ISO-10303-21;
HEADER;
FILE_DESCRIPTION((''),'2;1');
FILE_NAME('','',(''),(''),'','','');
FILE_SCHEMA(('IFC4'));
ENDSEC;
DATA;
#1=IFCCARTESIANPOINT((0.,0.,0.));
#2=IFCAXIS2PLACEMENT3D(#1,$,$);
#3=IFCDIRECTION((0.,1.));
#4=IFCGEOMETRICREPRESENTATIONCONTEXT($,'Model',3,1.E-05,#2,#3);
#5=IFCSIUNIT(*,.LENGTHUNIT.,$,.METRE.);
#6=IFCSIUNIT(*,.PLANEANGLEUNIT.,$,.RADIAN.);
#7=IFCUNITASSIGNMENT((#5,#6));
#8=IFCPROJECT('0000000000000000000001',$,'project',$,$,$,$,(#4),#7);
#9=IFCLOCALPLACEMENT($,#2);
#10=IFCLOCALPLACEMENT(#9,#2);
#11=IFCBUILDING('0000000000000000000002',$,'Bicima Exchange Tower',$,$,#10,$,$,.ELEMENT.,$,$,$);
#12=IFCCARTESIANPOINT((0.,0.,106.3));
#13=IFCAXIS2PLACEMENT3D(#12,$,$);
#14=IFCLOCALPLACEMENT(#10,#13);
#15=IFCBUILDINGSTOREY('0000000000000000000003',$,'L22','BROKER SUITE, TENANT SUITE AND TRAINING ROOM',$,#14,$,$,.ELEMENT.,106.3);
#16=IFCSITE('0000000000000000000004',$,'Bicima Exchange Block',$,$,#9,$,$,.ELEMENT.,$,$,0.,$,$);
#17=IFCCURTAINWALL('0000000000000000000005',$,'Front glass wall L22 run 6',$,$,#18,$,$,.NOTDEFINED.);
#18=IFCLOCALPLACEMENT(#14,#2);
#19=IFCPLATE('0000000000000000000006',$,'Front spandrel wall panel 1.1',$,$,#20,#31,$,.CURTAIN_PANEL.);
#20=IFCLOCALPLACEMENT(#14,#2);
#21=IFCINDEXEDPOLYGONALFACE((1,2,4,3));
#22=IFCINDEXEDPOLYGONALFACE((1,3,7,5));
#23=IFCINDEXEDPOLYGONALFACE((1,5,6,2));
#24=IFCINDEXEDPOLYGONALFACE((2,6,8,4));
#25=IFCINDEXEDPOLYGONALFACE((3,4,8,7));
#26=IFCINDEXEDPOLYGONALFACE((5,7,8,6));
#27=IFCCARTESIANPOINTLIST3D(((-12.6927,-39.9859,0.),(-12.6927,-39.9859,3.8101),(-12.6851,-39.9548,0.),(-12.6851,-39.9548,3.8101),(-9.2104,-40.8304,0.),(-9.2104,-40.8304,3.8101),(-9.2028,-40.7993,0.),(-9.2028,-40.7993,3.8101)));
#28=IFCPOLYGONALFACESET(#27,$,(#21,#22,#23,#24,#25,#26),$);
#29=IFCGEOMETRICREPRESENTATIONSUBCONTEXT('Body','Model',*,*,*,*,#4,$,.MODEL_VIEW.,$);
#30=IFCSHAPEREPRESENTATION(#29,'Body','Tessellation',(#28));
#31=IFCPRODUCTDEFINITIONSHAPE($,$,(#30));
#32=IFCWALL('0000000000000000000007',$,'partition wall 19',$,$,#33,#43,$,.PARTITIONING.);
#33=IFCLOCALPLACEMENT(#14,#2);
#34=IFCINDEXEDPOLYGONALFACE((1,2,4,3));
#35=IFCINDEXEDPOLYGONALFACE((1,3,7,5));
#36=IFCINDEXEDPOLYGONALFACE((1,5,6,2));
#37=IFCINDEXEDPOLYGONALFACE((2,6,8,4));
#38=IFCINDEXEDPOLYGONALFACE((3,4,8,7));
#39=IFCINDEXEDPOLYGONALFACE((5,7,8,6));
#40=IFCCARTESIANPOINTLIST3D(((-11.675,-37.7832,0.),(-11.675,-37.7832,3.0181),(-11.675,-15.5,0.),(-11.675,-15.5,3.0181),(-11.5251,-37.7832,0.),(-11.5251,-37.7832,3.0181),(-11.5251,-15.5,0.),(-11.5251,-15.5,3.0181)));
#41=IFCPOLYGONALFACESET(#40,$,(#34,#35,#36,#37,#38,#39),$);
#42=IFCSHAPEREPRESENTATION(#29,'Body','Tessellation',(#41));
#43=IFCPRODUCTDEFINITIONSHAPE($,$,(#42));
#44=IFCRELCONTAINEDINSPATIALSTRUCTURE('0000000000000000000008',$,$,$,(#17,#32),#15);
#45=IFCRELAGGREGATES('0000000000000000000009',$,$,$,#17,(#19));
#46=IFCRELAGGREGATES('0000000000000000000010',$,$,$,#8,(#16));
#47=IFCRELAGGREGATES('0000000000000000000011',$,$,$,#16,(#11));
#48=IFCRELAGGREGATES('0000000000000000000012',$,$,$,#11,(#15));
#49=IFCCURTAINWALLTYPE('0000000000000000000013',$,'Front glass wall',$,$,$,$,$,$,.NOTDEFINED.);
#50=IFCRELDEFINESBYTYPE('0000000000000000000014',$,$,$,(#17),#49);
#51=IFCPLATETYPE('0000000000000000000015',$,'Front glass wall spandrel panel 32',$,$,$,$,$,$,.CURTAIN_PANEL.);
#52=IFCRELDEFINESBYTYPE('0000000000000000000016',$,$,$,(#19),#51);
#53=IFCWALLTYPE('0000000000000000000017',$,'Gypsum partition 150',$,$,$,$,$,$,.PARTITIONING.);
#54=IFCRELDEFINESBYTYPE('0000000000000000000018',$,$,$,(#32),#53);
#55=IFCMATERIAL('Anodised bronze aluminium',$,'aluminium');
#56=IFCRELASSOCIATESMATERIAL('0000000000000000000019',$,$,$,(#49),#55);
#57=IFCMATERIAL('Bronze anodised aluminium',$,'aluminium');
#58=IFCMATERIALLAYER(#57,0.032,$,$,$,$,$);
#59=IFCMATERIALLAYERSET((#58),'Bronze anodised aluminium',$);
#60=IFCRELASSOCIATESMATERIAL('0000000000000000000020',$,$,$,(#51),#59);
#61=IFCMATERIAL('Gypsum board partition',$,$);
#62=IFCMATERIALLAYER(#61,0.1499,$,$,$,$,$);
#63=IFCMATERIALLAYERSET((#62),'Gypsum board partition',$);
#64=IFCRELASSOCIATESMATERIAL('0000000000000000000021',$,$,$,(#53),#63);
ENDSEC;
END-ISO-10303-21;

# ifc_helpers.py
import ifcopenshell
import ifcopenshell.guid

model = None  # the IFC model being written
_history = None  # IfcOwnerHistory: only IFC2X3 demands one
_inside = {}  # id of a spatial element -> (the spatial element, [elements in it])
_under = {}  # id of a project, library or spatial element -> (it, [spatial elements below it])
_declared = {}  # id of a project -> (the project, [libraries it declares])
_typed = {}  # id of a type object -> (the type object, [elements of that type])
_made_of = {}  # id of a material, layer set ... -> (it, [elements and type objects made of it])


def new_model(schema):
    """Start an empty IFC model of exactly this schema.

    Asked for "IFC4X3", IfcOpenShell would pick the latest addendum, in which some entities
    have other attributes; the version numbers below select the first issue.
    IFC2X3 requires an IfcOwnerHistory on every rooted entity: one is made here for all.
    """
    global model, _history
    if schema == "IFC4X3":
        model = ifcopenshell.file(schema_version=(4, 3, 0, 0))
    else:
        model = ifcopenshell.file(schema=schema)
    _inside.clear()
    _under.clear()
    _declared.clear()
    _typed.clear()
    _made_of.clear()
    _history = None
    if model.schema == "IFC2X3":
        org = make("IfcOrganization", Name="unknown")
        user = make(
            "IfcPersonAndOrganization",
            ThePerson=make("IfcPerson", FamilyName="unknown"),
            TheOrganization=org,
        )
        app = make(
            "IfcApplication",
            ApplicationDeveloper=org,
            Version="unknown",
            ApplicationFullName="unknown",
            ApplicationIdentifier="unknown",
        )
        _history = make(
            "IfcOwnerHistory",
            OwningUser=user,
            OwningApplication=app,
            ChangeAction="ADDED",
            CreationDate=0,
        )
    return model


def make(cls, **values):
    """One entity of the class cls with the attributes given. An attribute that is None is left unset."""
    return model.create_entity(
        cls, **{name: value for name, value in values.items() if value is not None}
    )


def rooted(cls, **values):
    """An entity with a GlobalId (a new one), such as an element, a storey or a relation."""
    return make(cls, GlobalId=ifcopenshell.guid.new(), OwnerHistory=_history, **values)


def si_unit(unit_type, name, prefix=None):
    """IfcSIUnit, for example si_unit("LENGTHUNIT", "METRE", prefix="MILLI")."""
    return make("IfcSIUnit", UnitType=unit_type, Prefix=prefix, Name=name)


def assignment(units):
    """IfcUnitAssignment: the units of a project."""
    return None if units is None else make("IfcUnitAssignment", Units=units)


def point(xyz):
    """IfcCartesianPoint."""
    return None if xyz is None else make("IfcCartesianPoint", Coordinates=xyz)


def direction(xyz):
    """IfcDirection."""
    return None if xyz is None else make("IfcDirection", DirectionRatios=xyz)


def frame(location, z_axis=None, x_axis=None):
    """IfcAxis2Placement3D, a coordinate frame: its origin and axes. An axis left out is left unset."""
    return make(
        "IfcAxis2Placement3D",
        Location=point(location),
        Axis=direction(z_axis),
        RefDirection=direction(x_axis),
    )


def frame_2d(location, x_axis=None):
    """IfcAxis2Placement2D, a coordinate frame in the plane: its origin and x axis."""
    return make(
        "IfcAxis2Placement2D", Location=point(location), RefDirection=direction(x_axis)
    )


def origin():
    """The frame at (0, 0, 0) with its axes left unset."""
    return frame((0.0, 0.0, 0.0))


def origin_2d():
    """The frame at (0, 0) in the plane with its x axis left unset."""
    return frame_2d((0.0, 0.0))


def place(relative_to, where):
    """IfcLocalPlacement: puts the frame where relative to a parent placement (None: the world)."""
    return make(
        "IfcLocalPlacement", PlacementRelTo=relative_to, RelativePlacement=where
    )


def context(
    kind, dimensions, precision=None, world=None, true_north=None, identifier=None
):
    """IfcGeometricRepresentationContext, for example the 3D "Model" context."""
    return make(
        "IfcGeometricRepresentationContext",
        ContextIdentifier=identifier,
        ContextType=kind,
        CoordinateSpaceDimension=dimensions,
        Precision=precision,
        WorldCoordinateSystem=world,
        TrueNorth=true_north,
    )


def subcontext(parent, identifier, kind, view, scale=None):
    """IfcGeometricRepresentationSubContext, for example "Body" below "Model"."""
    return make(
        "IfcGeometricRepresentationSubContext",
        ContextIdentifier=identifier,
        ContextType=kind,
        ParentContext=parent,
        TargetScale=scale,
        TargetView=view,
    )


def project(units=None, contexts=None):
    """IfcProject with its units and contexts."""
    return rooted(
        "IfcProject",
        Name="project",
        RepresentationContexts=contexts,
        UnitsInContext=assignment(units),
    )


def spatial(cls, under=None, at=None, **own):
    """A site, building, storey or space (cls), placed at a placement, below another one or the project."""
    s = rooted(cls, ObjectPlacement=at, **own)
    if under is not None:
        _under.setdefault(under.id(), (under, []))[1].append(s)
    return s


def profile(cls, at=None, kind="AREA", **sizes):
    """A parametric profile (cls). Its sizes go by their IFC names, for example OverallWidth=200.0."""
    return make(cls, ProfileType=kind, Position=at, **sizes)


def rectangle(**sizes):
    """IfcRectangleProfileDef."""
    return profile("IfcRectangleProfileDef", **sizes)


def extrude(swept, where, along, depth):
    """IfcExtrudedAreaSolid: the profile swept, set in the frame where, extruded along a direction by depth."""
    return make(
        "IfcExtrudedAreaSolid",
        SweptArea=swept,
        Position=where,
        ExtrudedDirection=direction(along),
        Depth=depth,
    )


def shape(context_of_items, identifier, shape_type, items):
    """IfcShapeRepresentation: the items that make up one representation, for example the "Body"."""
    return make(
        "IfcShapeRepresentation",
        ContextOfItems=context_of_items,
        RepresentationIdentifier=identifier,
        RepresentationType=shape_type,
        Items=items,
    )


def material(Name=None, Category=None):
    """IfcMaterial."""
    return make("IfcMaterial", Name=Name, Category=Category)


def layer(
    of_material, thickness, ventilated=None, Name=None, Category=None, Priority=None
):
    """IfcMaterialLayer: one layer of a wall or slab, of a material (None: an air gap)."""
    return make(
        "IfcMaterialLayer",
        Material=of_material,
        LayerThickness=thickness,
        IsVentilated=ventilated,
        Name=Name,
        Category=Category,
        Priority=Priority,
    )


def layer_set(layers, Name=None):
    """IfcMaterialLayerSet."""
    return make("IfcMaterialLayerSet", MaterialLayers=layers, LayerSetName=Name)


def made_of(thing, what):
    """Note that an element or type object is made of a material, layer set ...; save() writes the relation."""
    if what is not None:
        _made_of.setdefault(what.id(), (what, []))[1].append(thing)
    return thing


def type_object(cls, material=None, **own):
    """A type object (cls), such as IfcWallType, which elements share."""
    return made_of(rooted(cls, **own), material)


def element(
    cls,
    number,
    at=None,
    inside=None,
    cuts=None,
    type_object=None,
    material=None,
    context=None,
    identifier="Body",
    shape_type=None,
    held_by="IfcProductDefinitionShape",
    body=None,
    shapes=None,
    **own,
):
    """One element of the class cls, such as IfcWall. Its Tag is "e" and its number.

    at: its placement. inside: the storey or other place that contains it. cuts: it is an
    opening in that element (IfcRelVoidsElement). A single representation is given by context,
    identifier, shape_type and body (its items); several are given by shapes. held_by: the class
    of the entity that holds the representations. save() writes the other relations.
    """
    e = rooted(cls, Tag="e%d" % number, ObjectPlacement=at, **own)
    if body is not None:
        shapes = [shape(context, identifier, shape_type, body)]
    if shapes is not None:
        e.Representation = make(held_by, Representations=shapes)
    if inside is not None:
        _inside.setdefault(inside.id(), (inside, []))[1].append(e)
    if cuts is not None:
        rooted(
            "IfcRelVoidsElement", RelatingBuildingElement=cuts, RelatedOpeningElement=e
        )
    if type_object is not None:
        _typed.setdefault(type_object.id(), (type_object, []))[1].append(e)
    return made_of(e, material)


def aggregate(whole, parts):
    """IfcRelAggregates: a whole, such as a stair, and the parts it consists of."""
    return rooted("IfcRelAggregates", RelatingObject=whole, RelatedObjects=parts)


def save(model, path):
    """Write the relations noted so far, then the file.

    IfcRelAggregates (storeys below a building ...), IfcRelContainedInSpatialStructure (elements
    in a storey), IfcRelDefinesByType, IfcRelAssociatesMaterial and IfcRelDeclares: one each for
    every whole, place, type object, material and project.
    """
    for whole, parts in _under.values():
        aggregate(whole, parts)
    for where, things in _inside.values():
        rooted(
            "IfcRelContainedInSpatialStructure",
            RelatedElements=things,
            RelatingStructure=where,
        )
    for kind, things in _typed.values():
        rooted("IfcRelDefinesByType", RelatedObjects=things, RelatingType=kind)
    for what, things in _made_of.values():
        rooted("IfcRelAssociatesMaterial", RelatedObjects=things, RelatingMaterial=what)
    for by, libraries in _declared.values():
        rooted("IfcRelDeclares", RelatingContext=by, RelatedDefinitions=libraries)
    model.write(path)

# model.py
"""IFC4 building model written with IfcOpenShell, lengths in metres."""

from ifc_helpers import new_model, si_unit, direction, frame, frame_2d, origin, origin_2d, place, context, subcontext, project, spatial, rectangle, extrude, material, layer, layer_set, type_object, element, aggregate, save


model = new_model("IFC4")

# Units and contexts
model_context = context("Model", 3, precision=1e-05, world=origin(), true_north=direction((0.0, 1.0)))
body_context = subcontext(model_context, "Body", "Model", "MODEL_VIEW")
ifc_project = project(units=[si_unit("LENGTHUNIT", "METRE"), si_unit("PLANEANGLEUNIT", "RADIAN")], contexts=[model_context])

# Site, building, storey
site_placement = place(None, origin())
site = spatial("IfcSite", under=ifc_project, at=site_placement, Name="Bicima Exchange Block", CompositionType="ELEMENT", RefElevation=0.0)
building_placement = place(site_placement, origin())
building = spatial("IfcBuilding", under=site, at=building_placement, Name="Bicima Exchange Tower", CompositionType="ELEMENT")
storey_placement = place(building_placement, frame((0.0, 0.0, 106.3)))
storey = spatial("IfcBuildingStorey", under=building, at=storey_placement, Name="L22", Description="BROKER SUITE, TENANT SUITE AND TRAINING ROOM", CompositionType="ELEMENT", Elevation=106.3)

# Curtain wall
ifc_material_1 = material(Name="Anodised bronze aluminium", Category="aluminium")
curtain_wall_type = type_object("IfcCurtainWallType", Name="Front glass wall", PredefinedType="NOTDEFINED", material=ifc_material_1)
curtain_wall_1_placement = place(storey_placement, origin())
curtain_wall_1 = element("IfcCurtainWall", 1, at=curtain_wall_1_placement, inside=storey, type_object=curtain_wall_type, Name="Front glass wall L22 run 6", PredefinedType="NOTDEFINED")

# Plate
ifc_material_2 = material(Name="Bronze anodised aluminium", Category="aluminium")
ifc_layer_1 = layer(ifc_material_2, 0.032)
ifc_layer_set_1 = layer_set([ifc_layer_1], Name="Bronze anodised aluminium")
plate_type = type_object("IfcPlateType", Name="Front glass wall spandrel panel 32", PredefinedType="CURTAIN_PANEL", material=ifc_layer_set_1)
plate_1_placement = place(storey_placement, frame((-10.9478, -40.3926, 0.0), z_axis=(0.0, 0.0, 1.0), x_axis=(0.97183, -0.235682, 0.0)))
plate_1 = element("IfcPlate", 2, at=plate_1_placement, type_object=plate_type, Name="Front spandrel wall panel 1.1", PredefinedType="CURTAIN_PANEL", context=body_context, shape_type="SweptSolid", body=[
    extrude(rectangle(XDim=3.5833, YDim=0.032, at=origin_2d()), origin(), (0.0, 0.0, 1.0), 3.8101),
])
aggregate(curtain_wall_1, [plate_1])

# Wall
ifc_material_3 = material(Name="Gypsum board partition")
ifc_layer_2 = layer(ifc_material_3, 0.1499)
ifc_layer_set_2 = layer_set([ifc_layer_2], Name="Gypsum board partition")
wall_type = type_object("IfcWallType", Name="Gypsum partition 150", PredefinedType="PARTITIONING", material=ifc_layer_set_2)
wall_placement = place(storey_placement, frame((-11.6001, -37.7832, 0.0), z_axis=(0.0, 0.0, 1.0), x_axis=(0.0, 1.0, 0.0)))
element("IfcWall", 3, at=wall_placement, inside=storey, type_object=wall_type, Name="partition wall 19", PredefinedType="PARTITIONING", context=body_context, shape_type="SweptSolid", body=[
    extrude(rectangle(XDim=22.2832, YDim=0.1499, at=frame_2d((11.1416, 0.0))), origin(), (0.0, 0.0, 1.0), 3.0181),
])

save(model, "model.ifc")
